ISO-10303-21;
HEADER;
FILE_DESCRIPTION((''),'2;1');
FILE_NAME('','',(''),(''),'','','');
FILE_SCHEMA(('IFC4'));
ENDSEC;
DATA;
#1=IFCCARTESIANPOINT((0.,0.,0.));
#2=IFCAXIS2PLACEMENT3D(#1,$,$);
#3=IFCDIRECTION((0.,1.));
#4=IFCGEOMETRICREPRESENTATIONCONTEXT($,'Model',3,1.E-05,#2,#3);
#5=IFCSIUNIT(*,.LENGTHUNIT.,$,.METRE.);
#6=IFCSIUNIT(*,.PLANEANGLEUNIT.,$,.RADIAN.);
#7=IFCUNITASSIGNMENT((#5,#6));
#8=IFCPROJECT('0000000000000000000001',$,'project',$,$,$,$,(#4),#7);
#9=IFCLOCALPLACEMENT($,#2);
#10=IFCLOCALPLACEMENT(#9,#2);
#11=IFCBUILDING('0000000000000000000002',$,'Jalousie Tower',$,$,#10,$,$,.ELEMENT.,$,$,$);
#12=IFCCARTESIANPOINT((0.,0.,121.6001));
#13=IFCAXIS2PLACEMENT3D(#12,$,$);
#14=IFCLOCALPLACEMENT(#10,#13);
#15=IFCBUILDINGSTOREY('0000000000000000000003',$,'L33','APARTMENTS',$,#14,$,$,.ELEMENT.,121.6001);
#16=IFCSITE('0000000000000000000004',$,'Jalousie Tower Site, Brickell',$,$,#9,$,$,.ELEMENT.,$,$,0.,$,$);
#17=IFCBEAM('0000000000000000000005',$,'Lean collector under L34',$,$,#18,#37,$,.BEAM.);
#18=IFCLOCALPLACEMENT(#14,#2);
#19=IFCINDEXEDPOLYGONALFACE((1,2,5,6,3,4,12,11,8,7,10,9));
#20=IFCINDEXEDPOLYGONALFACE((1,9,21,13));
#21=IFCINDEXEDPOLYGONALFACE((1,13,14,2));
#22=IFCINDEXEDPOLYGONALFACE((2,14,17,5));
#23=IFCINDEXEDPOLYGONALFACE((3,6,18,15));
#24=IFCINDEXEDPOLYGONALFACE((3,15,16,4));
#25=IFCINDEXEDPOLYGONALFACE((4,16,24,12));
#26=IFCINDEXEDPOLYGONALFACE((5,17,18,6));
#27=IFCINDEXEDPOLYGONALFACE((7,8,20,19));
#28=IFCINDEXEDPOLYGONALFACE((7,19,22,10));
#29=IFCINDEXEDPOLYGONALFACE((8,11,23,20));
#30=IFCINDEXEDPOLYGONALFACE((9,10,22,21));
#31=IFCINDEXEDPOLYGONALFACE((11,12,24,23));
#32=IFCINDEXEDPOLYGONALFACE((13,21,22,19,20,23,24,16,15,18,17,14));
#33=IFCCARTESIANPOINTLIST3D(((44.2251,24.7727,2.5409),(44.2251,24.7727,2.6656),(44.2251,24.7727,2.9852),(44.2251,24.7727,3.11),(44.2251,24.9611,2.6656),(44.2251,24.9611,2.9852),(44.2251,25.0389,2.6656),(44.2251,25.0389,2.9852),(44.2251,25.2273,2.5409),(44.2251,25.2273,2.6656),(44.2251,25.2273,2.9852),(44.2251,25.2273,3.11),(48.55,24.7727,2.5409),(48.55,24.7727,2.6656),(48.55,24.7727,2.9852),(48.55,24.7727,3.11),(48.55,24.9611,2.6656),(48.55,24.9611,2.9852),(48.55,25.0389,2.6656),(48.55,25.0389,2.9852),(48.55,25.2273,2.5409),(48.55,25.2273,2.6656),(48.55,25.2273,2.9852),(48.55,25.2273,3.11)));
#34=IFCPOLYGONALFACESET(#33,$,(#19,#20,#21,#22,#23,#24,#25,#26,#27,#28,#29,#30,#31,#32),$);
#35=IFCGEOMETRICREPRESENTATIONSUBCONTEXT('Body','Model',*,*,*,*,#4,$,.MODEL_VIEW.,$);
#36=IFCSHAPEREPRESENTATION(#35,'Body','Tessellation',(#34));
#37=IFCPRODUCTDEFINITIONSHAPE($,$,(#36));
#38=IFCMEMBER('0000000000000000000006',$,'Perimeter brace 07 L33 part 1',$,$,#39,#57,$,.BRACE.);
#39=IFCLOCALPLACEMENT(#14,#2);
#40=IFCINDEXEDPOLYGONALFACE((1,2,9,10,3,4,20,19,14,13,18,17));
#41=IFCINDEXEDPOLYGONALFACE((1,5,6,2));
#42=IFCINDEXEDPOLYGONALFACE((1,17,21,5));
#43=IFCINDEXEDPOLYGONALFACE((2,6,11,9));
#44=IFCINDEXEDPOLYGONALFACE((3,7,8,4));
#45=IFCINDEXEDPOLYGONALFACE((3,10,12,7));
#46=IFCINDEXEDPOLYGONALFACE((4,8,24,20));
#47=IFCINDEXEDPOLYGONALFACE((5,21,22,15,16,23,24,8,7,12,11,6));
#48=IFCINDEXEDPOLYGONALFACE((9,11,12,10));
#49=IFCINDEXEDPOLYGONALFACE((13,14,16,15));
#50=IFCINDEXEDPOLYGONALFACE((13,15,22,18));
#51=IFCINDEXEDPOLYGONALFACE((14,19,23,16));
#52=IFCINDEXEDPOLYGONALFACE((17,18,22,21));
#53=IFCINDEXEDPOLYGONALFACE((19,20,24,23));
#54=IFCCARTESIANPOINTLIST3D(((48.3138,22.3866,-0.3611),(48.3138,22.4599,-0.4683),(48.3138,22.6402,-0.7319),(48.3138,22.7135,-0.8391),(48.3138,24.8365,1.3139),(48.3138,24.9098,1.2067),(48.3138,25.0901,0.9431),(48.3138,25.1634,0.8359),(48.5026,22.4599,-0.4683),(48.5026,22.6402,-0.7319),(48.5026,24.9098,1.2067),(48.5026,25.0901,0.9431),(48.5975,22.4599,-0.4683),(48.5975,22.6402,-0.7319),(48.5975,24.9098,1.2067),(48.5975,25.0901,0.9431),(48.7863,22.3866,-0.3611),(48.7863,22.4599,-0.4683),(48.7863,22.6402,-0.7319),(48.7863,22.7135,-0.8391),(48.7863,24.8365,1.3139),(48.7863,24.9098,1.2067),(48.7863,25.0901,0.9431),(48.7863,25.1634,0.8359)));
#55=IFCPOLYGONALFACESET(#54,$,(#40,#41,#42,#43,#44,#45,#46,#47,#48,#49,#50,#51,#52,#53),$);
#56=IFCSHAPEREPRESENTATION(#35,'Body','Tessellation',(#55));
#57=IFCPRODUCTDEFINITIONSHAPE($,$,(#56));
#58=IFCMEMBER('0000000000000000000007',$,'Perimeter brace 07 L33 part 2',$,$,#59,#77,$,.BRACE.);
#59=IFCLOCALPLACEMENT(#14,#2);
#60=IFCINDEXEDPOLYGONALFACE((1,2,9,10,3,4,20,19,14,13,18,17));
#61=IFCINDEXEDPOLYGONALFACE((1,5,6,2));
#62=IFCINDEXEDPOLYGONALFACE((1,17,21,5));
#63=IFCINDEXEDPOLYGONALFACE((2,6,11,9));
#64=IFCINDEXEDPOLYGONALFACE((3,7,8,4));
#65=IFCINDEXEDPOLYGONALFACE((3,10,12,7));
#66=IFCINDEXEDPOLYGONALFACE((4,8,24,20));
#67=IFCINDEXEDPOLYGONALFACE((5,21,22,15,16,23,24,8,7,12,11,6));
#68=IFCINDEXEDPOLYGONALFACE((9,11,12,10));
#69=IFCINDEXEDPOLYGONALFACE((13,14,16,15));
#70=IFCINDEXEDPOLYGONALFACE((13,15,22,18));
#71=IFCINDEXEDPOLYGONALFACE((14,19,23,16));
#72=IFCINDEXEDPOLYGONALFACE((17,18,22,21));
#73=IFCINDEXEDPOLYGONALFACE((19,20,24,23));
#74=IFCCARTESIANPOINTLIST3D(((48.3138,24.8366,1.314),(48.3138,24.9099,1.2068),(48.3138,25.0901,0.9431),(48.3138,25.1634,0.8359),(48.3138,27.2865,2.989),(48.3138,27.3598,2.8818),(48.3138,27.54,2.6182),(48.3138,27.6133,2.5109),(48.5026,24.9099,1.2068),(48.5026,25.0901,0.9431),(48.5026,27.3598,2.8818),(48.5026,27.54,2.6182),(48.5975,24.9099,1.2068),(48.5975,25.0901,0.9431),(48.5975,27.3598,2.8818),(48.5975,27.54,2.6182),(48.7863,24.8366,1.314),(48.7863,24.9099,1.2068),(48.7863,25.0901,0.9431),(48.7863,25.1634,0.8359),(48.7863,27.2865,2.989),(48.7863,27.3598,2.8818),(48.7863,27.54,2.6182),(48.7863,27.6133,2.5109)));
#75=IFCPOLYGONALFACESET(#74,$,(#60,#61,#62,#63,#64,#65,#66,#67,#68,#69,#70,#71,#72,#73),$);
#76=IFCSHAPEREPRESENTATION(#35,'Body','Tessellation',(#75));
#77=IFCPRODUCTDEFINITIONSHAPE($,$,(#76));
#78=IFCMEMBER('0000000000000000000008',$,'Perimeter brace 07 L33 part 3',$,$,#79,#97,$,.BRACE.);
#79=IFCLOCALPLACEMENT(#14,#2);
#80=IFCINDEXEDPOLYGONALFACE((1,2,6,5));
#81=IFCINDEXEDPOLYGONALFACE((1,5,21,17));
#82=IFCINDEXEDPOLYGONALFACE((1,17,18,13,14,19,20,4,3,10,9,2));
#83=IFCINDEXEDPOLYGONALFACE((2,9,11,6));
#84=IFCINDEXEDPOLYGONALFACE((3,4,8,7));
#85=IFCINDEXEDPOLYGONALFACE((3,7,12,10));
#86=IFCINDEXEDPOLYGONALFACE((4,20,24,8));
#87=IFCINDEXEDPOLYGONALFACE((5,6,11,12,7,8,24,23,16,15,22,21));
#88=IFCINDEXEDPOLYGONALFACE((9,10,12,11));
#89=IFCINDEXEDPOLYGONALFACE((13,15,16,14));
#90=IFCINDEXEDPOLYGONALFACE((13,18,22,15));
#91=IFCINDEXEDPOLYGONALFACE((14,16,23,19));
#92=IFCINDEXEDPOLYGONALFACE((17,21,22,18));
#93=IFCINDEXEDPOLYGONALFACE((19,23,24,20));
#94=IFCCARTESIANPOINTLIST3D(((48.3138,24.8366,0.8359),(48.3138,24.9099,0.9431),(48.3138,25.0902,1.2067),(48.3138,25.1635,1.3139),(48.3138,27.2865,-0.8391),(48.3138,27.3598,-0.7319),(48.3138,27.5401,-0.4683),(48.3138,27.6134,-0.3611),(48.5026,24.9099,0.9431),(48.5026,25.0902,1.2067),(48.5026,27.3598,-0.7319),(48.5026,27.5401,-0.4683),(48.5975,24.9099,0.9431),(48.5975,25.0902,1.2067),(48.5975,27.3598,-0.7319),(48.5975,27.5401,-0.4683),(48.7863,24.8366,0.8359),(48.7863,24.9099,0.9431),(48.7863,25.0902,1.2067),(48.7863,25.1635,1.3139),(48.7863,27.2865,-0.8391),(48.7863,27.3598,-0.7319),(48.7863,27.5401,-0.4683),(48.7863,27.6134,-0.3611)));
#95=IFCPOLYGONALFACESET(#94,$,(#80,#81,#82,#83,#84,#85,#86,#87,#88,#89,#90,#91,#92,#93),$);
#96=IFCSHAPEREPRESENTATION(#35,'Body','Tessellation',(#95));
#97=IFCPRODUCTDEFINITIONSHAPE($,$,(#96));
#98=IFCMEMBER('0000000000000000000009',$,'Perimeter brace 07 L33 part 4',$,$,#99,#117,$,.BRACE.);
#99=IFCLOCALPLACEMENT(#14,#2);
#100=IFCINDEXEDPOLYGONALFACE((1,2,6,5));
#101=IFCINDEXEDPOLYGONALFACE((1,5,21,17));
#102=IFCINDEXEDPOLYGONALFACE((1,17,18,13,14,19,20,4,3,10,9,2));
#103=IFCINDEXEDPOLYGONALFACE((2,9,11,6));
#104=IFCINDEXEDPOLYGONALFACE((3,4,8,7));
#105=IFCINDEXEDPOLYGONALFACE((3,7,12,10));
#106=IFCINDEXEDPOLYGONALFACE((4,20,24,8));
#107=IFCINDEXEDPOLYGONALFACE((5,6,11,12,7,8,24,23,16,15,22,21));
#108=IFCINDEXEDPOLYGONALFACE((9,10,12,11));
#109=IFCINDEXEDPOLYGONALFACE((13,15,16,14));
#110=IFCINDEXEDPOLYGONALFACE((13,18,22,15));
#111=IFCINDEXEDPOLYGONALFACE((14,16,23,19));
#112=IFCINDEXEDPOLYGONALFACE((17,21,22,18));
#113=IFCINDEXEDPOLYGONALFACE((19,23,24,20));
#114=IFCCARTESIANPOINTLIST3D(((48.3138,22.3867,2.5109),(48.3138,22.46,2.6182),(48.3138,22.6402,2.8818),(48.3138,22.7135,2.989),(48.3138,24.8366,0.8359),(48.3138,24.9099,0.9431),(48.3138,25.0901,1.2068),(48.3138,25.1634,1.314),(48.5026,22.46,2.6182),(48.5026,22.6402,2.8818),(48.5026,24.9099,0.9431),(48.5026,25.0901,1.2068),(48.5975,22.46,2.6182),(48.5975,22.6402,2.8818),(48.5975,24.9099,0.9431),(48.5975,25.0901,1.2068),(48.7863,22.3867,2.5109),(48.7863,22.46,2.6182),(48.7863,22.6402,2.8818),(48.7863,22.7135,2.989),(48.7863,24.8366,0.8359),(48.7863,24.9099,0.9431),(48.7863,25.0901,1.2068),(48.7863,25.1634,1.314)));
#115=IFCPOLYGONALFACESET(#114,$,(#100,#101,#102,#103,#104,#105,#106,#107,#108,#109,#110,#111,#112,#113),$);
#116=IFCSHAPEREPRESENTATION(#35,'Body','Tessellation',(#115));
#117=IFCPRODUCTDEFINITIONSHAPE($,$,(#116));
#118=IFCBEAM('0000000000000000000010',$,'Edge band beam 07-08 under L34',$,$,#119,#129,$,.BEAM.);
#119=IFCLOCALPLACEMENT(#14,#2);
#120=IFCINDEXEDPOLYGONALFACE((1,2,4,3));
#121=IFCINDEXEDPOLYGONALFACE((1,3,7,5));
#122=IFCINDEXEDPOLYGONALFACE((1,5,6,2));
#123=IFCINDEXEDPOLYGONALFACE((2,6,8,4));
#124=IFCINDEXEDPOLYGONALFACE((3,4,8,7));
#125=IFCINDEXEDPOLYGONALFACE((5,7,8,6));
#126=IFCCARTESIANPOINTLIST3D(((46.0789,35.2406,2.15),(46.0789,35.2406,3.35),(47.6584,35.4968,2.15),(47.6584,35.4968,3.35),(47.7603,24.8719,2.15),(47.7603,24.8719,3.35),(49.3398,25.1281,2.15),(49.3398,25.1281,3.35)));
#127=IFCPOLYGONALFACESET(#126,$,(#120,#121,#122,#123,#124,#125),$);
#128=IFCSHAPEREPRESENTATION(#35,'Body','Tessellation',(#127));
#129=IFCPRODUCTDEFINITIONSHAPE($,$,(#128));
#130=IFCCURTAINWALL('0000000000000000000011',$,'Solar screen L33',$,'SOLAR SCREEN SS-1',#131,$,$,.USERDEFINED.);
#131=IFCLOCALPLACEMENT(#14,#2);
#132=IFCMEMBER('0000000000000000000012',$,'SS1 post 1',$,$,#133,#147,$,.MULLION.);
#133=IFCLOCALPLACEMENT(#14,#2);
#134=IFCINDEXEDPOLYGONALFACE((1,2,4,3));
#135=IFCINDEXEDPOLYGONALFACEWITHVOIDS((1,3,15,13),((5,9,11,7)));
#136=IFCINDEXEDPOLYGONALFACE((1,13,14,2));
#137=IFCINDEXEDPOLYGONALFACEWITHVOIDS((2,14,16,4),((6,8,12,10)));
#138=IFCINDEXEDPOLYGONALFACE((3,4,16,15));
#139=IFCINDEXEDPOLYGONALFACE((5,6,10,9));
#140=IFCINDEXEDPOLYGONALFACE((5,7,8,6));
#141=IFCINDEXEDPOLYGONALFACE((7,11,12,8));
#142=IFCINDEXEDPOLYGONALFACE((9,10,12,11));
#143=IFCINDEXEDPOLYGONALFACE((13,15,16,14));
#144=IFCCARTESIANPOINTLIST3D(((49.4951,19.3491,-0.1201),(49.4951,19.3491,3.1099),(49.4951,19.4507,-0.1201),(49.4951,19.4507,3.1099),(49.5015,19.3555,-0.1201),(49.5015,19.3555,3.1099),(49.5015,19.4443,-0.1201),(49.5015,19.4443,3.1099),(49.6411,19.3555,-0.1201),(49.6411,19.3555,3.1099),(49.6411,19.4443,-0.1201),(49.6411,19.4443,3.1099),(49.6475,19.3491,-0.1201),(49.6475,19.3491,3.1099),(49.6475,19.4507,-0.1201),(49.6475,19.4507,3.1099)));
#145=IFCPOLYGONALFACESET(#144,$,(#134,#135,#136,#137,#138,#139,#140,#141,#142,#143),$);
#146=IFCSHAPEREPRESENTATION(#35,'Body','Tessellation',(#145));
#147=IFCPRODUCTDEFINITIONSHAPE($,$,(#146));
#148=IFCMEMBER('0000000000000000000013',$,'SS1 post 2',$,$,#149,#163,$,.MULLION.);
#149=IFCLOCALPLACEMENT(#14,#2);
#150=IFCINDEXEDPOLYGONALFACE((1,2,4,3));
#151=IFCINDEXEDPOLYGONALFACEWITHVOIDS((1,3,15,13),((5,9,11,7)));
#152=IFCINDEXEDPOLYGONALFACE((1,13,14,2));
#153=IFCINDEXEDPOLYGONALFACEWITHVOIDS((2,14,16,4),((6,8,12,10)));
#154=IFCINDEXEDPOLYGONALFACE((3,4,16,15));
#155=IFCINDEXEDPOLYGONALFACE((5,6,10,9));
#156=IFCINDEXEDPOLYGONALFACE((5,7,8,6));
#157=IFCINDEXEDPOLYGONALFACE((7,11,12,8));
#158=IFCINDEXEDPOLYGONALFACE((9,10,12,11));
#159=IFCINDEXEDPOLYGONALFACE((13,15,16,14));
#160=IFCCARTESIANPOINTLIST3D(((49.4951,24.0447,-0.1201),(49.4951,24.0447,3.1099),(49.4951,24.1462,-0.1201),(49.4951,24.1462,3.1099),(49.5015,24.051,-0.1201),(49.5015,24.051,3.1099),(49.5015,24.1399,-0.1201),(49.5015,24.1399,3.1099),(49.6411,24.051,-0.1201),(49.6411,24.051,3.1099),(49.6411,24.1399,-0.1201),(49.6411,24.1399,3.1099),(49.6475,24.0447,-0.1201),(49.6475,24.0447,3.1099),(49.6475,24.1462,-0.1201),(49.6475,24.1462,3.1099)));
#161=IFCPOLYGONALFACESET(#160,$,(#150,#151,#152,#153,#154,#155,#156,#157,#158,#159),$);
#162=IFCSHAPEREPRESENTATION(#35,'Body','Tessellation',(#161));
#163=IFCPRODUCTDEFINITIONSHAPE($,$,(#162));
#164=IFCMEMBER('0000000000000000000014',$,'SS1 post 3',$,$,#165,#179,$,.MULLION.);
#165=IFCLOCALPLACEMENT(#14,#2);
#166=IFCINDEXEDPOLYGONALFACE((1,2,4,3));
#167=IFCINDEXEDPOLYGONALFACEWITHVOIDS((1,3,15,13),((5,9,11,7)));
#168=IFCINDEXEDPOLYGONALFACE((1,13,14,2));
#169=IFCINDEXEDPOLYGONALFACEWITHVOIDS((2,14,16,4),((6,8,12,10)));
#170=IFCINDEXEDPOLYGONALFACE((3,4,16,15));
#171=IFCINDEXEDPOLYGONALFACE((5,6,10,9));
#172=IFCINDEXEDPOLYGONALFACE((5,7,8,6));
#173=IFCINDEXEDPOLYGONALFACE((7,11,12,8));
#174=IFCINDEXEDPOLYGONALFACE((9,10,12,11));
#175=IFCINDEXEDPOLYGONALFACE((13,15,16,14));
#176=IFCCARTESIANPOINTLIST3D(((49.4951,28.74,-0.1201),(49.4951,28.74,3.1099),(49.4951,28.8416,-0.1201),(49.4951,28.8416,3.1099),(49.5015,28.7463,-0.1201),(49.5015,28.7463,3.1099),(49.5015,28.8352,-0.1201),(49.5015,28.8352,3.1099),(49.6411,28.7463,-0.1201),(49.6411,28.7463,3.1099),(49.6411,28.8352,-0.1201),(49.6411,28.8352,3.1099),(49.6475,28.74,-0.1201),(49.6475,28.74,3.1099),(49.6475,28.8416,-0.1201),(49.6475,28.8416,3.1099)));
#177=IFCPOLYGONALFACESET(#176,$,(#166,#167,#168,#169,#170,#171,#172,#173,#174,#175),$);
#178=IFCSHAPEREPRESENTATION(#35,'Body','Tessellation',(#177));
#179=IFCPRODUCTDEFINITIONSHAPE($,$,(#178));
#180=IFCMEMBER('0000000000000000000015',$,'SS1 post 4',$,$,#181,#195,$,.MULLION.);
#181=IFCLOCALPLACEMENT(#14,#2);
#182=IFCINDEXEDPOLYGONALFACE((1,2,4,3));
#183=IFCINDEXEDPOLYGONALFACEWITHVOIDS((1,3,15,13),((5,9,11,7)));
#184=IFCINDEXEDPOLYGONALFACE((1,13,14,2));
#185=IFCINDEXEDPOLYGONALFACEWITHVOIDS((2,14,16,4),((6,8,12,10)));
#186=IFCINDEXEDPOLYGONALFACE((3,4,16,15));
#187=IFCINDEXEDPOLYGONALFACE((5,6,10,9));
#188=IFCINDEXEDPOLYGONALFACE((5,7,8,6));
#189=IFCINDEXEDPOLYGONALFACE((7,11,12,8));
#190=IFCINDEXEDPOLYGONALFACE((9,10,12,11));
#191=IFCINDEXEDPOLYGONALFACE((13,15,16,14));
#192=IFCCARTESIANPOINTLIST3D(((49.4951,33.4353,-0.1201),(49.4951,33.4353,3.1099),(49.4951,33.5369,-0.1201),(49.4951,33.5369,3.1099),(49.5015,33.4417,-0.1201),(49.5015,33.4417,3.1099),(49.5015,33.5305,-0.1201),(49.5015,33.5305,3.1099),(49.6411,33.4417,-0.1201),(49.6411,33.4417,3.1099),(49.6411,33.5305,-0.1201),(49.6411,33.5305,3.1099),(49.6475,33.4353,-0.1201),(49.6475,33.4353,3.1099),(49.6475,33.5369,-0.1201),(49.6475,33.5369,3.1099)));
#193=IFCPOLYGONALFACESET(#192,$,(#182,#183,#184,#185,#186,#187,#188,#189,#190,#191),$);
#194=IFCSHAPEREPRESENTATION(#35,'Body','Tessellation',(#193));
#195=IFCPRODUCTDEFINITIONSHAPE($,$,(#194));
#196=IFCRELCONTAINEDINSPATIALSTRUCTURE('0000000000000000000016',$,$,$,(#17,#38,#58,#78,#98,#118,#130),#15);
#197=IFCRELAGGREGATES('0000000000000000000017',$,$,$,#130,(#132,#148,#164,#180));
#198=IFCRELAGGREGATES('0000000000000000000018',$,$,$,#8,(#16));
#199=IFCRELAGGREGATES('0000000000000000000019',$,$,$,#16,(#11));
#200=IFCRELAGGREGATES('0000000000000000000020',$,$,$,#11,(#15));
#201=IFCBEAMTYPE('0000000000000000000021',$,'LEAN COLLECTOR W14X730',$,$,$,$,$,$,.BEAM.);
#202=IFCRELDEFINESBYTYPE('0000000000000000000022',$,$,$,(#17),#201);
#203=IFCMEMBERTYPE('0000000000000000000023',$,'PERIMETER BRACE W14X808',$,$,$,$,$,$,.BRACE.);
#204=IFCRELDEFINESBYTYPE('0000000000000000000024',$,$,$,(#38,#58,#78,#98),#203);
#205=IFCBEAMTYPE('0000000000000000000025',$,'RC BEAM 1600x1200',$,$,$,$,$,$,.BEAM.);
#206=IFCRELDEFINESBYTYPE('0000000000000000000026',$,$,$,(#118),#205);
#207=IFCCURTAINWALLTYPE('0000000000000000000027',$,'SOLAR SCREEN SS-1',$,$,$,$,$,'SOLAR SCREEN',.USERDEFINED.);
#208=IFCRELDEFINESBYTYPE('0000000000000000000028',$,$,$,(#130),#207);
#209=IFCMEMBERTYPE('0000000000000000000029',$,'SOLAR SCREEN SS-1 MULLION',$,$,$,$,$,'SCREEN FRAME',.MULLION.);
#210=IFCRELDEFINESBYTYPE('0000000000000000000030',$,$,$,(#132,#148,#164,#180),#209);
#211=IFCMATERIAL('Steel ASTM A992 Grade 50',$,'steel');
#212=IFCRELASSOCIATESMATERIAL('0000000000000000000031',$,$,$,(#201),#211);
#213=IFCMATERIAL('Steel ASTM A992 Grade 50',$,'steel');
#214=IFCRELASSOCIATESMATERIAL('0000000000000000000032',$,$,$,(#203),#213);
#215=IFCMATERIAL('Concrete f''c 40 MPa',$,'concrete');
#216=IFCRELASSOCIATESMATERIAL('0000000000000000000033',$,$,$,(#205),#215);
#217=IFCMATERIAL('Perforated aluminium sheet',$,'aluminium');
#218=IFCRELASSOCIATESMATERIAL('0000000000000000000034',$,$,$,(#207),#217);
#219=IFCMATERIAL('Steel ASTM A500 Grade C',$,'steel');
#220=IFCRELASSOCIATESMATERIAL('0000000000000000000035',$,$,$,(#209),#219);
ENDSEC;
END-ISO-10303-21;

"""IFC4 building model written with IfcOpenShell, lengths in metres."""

from ifc_helpers import new_model, si_unit, direction, frame, origin, origin_2d, place, context, subcontext, project, spatial, rectangle, hollow_rectangle, i_section, extrude, material, material_profile, profile_set, type_object, element, aggregate, save


model = new_model("IFC4")

# Units and contexts
model_context = context("Model", 3, precision=1e-05, world=origin(), true_north=direction((0.0, 1.0)))
body_context = subcontext(model_context, "Body", "Model", "MODEL_VIEW")
ifc_project = project(units=[si_unit("LENGTHUNIT", "METRE"), si_unit("PLANEANGLEUNIT", "RADIAN")], contexts=[model_context])

# Site, building, storey
site_placement = place(None, origin())
site = spatial("IfcSite", under=ifc_project, at=site_placement, Name="Jalousie Tower Site, Brickell", CompositionType="ELEMENT", RefElevation=0.0)
building_placement = place(site_placement, origin())
building = spatial("IfcBuilding", under=site, at=building_placement, Name="Jalousie Tower", CompositionType="ELEMENT")
storey_placement = place(building_placement, frame((0.0, 0.0, 121.6001)))
storey = spatial("IfcBuildingStorey", under=building, at=storey_placement, Name="L33", Description="APARTMENTS", CompositionType="ELEMENT", Elevation=121.6001)

# Beam
ifc_material_1 = material(Name="Steel ASTM A992 Grade 50", Category="steel")
ifc_material_profile_1 = material_profile(ifc_material_1, i_section(OverallWidth=0.4546, OverallDepth=0.5691, WebThickness=0.0779, FlangeThickness=0.1248, at=origin_2d()), Name="W14X730")
ifc_profile_set_1 = profile_set([ifc_material_profile_1], Name="Steel ASTM A992 Grade 50")
beam_type_1 = type_object("IfcBeamType", Name="LEAN COLLECTOR W14X730", PredefinedType="BEAM", material=ifc_profile_set_1)
beam_1_placement = place(storey_placement, frame((48.55, 25.0, 2.8254), z_axis=(-1.0, 0.0, 0.0), x_axis=(0.0, -1.0, 0.0)))
element("IfcBeam", 1, at=beam_1_placement, inside=storey, type_object=beam_type_1, Name="Lean collector under L34", PredefinedType="BEAM", context=body_context, shape_type="SweptSolid", body=[
    extrude(i_section(OverallWidth=0.4546, OverallDepth=0.5691, WebThickness=0.0779, FlangeThickness=0.1248, at=origin_2d()), origin(), (0.0, 0.0, 1.0), 4.325),
])

# Members
ifc_material_2 = material(Name="Steel ASTM A992 Grade 50", Category="steel")
ifc_material_profile_2 = material_profile(ifc_material_2, i_section(OverallWidth=0.4724, OverallDepth=0.5791, WebThickness=0.095, FlangeThickness=0.1299, at=origin_2d()), Name="W14X808")
ifc_profile_set_2 = profile_set([ifc_material_profile_2], Name="Steel ASTM A992 Grade 50")
member_type_1 = type_object("IfcMemberType", Name="PERIMETER BRACE W14X808", PredefinedType="BRACE", material=ifc_profile_set_2)
for number, where, z_axis, x_axis, name in (
    (2, (48.55, 22.55, -0.6001), (0.0, 0.825501, 0.564401), (-1.0, 0.0, 0.0), "Perimeter brace 07 L33 part 1"),
    (3, (48.55, 25.0, 1.075), (0.0, 0.825501, 0.564401), (-1.0, 0.0, 0.0), "Perimeter brace 07 L33 part 2"),
    (4, (48.55, 27.45, -0.6001), (0.0, -0.825501, 0.564401), (1.0, 0.0, 0.0), "Perimeter brace 07 L33 part 3"),
    (5, (48.55, 25.0, 1.075), (0.0, -0.825501, 0.564401), (1.0, 0.0, 0.0), "Perimeter brace 07 L33 part 4"),
):
    element("IfcMember", number, at=place(storey_placement, frame(where, z_axis=z_axis, x_axis=x_axis)), inside=storey, type_object=member_type_1, Name=name, PredefinedType="BRACE", context=body_context, shape_type="SweptSolid", body=[
        extrude(i_section(OverallWidth=0.4724, OverallDepth=0.5791, WebThickness=0.095, FlangeThickness=0.1299, at=origin_2d()), origin(), (0.0, 0.0, 1.0), 2.9678),
    ])

# Beam
ifc_material_3 = material(Name="Concrete f'c 40 MPa", Category="concrete")
ifc_material_profile_3 = material_profile(ifc_material_3, rectangle(XDim=1.6001, YDim=1.2, at=origin_2d()), Name="RC 1600x1200")
ifc_profile_set_3 = profile_set([ifc_material_profile_3], Name="Concrete f'c 40 MPa")
beam_type_2 = type_object("IfcBeamType", Name="RC BEAM 1600x1200", PredefinedType="BEAM", material=ifc_profile_set_3)
beam_2_placement = place(storey_placement, frame((48.55, 25.0, 2.75), z_axis=(-0.160071, 0.987106, 0.0), x_axis=(-0.987106, -0.160071, 0.0)))
element("IfcBeam", 6, at=beam_2_placement, inside=storey, type_object=beam_type_2, Name="Edge band beam 07-08 under L34", PredefinedType="BEAM", context=body_context, shape_type="SweptSolid", body=[
    extrude(rectangle(XDim=1.6001, YDim=1.2, at=origin_2d()), origin(), (0.0, 0.0, 1.0), 10.5042),
])

# Curtain wall, members
ifc_material_4 = material(Name="Perforated aluminium sheet", Category="aluminium")
curtain_wall_type = type_object("IfcCurtainWallType", Name="SOLAR SCREEN SS-1", ElementType="SOLAR SCREEN", PredefinedType="USERDEFINED", material=ifc_material_4)
curtain_wall_placement = place(storey_placement, origin())
curtain_wall = element("IfcCurtainWall", 7, at=curtain_wall_placement, inside=storey, type_object=curtain_wall_type, Name="Solar screen L33", ObjectType="SOLAR SCREEN SS-1", PredefinedType="USERDEFINED")
ifc_material_5 = material(Name="Steel ASTM A500 Grade C", Category="steel")
ifc_material_profile_4 = material_profile(ifc_material_5, hollow_rectangle(XDim=0.1016, YDim=0.1523, WallThickness=0.0063, at=origin_2d()), Name="HSS6X4X1/4")
ifc_profile_set_4 = profile_set([ifc_material_profile_4], Name="Steel ASTM A500 Grade C")
member_type_2 = type_object("IfcMemberType", Name="SOLAR SCREEN SS-1 MULLION", ElementType="SCREEN FRAME", PredefinedType="MULLION", material=ifc_profile_set_4)
member_1_placement = place(storey_placement, frame((49.5713, 19.3999, -0.1201), z_axis=(0.0, 0.0, 1.0), x_axis=(0.0, 1.0, 0.0)))
member_1 = element("IfcMember", 8, at=member_1_placement, type_object=member_type_2, Name="SS1 post 1", PredefinedType="MULLION", context=body_context, shape_type="SweptSolid", body=[
    extrude(hollow_rectangle(XDim=0.1016, YDim=0.1523, WallThickness=0.0063, at=origin_2d()), origin(), (0.0, 0.0, 1.0), 3.23),
])
member_2_placement = place(storey_placement, frame((49.5713, 24.0955, -0.1201), z_axis=(0.0, 0.0, 1.0), x_axis=(0.0, 1.0, 0.0)))
member_2 = element("IfcMember", 9, at=member_2_placement, type_object=member_type_2, Name="SS1 post 2", PredefinedType="MULLION", context=body_context, shape_type="SweptSolid", body=[
    extrude(hollow_rectangle(XDim=0.1016, YDim=0.1523, WallThickness=0.0063, at=origin_2d()), origin(), (0.0, 0.0, 1.0), 3.23),
])
member_3_placement = place(storey_placement, frame((49.5713, 28.7908, -0.1201), z_axis=(0.0, 0.0, 1.0), x_axis=(0.0, 1.0, 0.0)))
member_3 = element("IfcMember", 10, at=member_3_placement, type_object=member_type_2, Name="SS1 post 3", PredefinedType="MULLION", context=body_context, shape_type="SweptSolid", body=[
    extrude(hollow_rectangle(XDim=0.1016, YDim=0.1523, WallThickness=0.0063, at=origin_2d()), origin(), (0.0, 0.0, 1.0), 3.23),
])
member_4_placement = place(storey_placement, frame((49.5713, 33.4861, -0.1201), z_axis=(0.0, 0.0, 1.0), x_axis=(0.0, 1.0, 0.0)))
member_4 = element("IfcMember", 11, at=member_4_placement, type_object=member_type_2, Name="SS1 post 4", PredefinedType="MULLION", context=body_context, shape_type="SweptSolid", body=[
    extrude(hollow_rectangle(XDim=0.1016, YDim=0.1523, WallThickness=0.0063, at=origin_2d()), origin(), (0.0, 0.0, 1.0), 3.23),
])
aggregate(curtain_wall, [member_1, member_2, member_3, member_4])

save(model, "model.ifc")
